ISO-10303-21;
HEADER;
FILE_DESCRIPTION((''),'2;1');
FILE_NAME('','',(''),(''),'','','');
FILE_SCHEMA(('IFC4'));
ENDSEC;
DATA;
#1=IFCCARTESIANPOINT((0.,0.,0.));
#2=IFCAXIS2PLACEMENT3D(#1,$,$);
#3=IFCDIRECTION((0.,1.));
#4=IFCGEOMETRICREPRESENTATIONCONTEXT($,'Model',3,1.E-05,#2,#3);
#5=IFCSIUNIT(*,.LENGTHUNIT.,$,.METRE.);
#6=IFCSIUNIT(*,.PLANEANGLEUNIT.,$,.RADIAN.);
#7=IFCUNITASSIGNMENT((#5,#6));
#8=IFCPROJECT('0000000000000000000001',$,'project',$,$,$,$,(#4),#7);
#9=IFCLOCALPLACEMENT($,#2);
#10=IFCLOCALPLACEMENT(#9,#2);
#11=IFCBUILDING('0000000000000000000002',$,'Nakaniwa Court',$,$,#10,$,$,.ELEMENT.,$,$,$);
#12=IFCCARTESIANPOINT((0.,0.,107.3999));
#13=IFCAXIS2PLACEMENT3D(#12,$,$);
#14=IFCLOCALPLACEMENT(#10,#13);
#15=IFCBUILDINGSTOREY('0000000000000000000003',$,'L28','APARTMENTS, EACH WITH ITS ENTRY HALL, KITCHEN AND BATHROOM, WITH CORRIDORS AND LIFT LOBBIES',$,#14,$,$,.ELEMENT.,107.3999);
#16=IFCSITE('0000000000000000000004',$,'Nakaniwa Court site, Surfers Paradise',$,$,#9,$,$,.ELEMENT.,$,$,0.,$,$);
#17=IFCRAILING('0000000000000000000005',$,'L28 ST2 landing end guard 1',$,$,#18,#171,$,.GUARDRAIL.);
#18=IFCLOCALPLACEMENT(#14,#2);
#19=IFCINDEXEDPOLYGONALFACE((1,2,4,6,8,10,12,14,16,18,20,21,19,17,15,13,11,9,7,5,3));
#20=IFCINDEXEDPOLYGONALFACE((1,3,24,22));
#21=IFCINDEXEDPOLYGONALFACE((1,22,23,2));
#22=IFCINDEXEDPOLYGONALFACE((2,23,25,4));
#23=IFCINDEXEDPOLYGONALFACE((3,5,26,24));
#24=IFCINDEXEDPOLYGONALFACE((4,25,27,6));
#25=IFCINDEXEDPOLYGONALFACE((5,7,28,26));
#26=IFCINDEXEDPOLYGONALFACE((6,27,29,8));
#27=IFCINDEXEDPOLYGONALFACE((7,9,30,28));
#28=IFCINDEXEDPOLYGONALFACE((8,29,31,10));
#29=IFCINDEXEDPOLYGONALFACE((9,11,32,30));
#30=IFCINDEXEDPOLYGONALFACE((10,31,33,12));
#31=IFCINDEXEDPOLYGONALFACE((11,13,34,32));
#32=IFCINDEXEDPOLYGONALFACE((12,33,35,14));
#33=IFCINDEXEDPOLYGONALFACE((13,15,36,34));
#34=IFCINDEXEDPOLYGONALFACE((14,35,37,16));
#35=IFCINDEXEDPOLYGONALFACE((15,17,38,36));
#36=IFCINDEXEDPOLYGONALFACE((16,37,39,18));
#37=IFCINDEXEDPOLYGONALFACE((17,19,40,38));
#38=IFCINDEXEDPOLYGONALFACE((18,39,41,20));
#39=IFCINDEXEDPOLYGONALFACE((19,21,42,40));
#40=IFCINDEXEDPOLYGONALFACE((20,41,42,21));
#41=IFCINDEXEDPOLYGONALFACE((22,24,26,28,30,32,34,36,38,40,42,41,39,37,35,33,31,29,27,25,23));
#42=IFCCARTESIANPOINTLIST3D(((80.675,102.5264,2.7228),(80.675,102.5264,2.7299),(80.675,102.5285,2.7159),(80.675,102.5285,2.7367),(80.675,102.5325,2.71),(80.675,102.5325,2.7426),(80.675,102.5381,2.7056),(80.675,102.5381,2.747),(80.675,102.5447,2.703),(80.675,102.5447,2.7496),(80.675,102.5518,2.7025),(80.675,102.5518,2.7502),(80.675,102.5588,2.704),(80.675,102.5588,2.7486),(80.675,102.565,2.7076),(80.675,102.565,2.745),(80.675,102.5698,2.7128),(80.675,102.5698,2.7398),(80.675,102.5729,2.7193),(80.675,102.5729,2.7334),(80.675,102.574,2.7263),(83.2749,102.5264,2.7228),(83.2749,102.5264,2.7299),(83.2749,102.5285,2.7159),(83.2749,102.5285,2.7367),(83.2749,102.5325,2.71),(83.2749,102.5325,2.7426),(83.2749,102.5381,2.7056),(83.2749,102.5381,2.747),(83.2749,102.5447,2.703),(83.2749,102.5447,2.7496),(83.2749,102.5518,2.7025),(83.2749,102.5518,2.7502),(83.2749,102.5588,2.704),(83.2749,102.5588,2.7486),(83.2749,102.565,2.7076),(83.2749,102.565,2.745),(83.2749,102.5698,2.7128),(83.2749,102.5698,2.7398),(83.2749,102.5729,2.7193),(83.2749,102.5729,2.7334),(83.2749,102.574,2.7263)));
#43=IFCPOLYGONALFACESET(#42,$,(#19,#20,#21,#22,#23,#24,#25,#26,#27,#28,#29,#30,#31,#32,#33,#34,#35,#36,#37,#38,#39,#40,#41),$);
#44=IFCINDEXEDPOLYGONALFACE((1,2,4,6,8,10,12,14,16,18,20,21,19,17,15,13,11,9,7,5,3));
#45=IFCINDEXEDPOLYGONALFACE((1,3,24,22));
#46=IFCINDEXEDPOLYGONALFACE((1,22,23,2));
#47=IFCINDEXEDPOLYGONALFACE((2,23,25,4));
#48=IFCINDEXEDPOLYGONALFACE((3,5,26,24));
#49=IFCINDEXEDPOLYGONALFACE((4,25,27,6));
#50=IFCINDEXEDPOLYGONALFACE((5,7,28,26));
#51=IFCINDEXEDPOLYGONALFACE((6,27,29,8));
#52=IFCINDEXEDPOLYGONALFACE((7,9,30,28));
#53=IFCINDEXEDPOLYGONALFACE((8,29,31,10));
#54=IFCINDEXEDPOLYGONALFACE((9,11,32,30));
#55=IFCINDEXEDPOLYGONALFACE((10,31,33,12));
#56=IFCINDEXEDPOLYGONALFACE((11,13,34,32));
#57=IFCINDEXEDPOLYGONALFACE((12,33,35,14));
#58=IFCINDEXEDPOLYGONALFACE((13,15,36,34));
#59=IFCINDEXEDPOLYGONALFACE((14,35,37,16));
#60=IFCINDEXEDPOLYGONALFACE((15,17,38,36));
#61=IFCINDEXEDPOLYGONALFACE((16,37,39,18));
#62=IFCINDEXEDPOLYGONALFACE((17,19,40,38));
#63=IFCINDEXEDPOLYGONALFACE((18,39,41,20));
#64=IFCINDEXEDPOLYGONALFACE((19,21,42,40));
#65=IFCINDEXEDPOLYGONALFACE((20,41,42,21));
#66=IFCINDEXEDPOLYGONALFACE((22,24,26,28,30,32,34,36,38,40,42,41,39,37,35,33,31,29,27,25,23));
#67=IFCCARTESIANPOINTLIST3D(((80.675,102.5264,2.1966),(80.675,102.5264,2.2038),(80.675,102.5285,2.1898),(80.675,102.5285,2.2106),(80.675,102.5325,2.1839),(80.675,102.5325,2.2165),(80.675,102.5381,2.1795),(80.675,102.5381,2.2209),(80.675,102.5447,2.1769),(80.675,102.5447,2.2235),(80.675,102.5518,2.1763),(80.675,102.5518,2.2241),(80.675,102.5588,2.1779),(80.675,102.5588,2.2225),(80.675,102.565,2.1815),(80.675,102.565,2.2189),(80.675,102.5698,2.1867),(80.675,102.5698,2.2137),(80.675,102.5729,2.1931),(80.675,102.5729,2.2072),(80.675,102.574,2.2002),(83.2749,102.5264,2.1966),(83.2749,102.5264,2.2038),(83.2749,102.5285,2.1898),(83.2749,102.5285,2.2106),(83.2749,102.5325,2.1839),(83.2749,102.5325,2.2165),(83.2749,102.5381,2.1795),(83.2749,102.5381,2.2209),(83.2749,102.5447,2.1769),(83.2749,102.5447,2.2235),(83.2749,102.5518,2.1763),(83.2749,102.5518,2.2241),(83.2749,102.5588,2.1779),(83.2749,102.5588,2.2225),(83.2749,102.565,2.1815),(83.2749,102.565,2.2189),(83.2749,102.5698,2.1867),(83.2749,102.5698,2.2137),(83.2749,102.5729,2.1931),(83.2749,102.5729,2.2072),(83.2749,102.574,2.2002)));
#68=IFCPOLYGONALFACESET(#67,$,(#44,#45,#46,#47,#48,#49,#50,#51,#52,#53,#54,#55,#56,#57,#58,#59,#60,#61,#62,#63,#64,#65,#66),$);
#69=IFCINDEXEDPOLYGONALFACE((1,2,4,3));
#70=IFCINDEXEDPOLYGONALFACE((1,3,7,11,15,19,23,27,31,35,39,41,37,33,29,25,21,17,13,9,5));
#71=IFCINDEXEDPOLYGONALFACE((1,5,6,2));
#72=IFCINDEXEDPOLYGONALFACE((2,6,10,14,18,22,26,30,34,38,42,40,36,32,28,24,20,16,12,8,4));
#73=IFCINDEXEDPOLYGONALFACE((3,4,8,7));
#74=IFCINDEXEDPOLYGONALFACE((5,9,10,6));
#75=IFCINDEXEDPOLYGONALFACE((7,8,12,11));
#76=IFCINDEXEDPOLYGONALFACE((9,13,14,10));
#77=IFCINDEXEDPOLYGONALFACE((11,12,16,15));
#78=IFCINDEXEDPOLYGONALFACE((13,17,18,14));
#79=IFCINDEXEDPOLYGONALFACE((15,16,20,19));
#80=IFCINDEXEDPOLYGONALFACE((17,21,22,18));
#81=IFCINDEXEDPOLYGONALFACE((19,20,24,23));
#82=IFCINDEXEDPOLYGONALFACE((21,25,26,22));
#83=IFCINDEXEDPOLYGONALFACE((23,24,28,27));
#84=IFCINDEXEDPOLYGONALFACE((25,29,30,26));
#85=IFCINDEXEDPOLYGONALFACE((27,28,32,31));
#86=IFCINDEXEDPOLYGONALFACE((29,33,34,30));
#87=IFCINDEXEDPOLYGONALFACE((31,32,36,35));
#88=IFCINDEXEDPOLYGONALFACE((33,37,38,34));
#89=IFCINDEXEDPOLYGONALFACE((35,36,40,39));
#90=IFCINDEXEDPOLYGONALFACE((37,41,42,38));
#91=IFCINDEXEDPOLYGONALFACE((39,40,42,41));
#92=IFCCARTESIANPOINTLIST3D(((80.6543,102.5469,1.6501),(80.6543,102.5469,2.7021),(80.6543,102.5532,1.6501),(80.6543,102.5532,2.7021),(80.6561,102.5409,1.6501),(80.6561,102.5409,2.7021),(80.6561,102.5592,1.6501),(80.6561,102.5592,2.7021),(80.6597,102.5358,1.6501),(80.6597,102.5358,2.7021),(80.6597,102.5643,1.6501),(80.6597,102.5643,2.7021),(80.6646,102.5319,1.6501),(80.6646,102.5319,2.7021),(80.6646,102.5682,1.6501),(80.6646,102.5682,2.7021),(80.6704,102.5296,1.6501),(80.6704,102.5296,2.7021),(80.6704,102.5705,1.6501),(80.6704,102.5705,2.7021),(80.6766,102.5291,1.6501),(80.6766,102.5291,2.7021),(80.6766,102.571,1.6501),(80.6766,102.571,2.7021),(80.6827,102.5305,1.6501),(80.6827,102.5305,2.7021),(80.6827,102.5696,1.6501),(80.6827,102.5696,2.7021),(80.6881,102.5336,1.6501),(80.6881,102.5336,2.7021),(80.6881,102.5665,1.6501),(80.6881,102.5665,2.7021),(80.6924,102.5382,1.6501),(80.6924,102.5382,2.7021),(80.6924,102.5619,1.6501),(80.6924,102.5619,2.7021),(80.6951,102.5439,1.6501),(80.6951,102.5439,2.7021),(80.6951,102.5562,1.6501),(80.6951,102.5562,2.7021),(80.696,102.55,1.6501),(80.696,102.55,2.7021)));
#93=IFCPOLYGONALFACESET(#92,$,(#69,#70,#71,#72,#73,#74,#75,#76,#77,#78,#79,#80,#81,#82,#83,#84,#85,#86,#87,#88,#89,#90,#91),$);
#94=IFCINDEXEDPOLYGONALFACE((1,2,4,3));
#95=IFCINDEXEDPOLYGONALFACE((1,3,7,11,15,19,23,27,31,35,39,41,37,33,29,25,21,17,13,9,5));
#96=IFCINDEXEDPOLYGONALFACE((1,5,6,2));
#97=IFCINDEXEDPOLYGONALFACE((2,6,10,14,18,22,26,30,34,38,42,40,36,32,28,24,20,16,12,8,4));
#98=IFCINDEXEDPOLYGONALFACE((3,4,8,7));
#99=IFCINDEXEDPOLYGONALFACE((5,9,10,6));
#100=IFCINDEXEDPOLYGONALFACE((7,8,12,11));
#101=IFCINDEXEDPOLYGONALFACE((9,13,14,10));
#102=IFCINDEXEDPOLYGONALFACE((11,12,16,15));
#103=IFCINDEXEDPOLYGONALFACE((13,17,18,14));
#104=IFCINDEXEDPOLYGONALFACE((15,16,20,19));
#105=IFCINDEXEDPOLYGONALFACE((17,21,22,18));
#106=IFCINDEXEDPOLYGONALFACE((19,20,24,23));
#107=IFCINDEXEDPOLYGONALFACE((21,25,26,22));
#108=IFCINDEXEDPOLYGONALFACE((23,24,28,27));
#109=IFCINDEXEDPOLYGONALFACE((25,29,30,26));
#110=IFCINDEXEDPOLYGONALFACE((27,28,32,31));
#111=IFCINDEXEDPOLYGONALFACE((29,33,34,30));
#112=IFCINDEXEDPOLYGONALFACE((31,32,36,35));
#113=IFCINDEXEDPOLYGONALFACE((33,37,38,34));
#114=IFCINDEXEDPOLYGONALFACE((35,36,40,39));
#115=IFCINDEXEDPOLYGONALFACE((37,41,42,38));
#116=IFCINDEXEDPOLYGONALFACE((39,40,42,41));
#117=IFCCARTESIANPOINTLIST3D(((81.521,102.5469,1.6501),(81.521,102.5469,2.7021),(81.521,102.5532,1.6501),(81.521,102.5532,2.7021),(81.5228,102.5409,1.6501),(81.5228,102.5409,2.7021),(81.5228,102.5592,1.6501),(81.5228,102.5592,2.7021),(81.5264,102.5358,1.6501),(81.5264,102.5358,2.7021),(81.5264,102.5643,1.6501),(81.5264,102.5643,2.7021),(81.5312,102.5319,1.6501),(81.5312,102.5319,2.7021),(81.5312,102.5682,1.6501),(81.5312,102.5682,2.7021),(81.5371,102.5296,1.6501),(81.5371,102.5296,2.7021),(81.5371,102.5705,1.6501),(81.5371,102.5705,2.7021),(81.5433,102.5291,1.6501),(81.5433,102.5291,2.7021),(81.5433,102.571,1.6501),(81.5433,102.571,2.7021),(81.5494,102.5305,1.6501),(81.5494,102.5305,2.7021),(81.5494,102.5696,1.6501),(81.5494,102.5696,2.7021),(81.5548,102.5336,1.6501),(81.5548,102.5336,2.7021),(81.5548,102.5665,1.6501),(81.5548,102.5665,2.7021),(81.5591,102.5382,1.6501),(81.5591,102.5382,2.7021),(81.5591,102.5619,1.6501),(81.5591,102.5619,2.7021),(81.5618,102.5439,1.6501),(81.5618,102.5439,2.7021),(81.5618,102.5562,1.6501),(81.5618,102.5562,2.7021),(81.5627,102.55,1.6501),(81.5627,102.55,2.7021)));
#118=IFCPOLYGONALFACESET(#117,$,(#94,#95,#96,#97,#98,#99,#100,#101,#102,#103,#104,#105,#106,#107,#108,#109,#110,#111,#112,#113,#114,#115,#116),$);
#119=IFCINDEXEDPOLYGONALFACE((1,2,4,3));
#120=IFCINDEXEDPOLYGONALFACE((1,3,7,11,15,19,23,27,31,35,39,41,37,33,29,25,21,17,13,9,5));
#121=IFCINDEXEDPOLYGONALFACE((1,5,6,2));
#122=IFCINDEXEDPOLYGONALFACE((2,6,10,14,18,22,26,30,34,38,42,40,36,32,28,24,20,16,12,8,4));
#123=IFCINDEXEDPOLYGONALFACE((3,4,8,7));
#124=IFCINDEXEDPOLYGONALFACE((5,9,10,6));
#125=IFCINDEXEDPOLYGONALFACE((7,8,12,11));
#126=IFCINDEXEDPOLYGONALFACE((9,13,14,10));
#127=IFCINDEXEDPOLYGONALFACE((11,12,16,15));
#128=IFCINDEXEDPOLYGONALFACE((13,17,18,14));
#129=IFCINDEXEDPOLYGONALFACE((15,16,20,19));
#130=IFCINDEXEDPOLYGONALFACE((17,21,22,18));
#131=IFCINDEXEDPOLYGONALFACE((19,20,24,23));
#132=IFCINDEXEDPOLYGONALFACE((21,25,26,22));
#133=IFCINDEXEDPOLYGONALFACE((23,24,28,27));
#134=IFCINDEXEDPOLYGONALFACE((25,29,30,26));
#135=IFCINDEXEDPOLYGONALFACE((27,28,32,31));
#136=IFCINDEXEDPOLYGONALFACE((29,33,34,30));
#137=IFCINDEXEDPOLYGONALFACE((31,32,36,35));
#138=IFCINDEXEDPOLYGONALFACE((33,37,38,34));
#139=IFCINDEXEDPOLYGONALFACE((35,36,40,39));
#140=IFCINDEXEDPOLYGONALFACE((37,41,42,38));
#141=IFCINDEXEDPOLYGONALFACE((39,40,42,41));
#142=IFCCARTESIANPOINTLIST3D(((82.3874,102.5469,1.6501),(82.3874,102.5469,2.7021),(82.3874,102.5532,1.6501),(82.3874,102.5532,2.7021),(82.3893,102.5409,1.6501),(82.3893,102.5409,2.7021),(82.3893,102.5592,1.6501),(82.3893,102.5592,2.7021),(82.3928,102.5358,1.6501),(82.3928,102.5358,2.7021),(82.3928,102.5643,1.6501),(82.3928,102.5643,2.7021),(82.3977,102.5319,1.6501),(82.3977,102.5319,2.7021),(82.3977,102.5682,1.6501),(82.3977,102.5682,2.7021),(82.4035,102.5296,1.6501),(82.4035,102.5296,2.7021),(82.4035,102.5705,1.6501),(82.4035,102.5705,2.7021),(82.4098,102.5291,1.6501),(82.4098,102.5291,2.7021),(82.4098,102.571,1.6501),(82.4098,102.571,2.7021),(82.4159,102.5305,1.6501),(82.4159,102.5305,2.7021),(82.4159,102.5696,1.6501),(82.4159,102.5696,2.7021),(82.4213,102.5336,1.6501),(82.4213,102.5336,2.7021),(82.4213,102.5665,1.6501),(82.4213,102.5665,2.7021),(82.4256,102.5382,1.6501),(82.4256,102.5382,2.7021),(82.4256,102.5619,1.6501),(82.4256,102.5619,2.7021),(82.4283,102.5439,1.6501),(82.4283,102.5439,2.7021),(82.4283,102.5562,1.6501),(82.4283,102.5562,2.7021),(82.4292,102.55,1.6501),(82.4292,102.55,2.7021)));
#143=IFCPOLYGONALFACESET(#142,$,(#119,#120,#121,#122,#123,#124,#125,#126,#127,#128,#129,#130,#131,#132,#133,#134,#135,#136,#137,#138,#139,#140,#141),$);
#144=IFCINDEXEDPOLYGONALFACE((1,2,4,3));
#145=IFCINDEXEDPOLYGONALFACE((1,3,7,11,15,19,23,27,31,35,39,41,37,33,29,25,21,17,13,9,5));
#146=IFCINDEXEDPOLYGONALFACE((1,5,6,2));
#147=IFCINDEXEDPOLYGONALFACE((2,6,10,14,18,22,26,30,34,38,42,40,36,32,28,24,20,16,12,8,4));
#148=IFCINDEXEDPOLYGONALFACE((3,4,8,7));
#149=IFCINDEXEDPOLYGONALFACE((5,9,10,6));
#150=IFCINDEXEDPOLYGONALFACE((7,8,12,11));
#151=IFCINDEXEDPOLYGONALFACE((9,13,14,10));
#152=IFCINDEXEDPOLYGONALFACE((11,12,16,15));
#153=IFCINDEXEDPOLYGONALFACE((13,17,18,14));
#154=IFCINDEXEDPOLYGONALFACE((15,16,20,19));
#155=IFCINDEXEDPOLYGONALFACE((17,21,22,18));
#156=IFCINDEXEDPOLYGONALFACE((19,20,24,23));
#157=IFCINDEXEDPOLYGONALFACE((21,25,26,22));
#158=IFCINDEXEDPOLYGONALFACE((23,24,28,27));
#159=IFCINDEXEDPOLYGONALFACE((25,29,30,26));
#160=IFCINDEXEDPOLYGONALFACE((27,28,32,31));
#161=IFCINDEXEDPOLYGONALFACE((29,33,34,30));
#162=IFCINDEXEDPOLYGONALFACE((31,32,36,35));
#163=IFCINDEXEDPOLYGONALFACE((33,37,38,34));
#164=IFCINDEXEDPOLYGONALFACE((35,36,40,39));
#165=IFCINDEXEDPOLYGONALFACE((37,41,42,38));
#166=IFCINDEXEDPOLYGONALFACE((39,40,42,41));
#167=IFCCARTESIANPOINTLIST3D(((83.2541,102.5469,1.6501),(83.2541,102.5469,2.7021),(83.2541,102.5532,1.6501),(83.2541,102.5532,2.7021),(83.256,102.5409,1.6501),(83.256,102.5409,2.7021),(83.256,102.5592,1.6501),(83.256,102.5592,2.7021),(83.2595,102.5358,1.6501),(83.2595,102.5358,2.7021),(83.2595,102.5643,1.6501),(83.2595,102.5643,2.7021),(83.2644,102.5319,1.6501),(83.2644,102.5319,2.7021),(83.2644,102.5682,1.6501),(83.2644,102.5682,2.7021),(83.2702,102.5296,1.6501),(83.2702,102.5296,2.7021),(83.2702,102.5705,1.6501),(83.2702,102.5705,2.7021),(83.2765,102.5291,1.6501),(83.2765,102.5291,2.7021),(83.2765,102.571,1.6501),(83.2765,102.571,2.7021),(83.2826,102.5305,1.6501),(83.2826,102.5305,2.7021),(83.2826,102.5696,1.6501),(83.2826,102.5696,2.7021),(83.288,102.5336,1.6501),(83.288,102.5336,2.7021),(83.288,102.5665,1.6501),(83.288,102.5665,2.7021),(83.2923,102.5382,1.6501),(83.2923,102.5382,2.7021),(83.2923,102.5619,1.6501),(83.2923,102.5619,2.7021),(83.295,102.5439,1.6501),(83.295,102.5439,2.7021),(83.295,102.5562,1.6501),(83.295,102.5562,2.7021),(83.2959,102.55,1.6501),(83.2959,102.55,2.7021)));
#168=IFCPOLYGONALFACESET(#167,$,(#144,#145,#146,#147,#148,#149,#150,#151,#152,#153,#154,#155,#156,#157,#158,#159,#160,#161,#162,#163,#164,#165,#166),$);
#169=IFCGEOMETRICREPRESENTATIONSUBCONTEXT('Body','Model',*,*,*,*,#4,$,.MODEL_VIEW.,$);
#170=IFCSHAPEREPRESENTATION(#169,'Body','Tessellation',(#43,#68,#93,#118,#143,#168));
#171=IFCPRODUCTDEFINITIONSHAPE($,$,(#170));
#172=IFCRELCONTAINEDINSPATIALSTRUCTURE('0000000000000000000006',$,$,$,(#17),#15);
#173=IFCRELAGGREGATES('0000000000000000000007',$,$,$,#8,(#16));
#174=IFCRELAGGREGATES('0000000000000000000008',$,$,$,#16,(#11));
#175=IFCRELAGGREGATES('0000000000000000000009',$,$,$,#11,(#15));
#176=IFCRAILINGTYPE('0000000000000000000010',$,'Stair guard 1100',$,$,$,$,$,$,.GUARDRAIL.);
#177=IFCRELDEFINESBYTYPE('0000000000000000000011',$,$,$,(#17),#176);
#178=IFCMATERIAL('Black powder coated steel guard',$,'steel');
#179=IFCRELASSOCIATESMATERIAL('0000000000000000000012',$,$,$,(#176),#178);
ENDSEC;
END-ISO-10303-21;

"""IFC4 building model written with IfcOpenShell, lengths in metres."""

from ifc_helpers import new_model, si_unit, direction, frame, origin, origin_2d, place, context, subcontext, project, spatial, circle, extrude, material, type_object, element, save


model = new_model("IFC4")

# Units and contexts
model_context = context("Model", 3, precision=1e-05, world=origin(), true_north=direction((0.0, 1.0)))
body_context = subcontext(model_context, "Body", "Model", "MODEL_VIEW")
ifc_project = project(units=[si_unit("LENGTHUNIT", "METRE"), si_unit("PLANEANGLEUNIT", "RADIAN")], contexts=[model_context])

# Site, building, storey
site_placement = place(None, origin())
site = spatial("IfcSite", under=ifc_project, at=site_placement, Name="Nakaniwa Court site, Surfers Paradise", CompositionType="ELEMENT", RefElevation=0.0)
building_placement = place(site_placement, origin())
building = spatial("IfcBuilding", under=site, at=building_placement, Name="Nakaniwa Court", CompositionType="ELEMENT")
storey_placement = place(building_placement, frame((0.0, 0.0, 107.3999)))
storey = spatial("IfcBuildingStorey", under=building, at=storey_placement, Name="L28", Description="APARTMENTS, EACH WITH ITS ENTRY HALL, KITCHEN AND BATHROOM, WITH CORRIDORS AND LIFT LOBBIES", CompositionType="ELEMENT", Elevation=107.3999)

# Railing
ifc_material_1 = material(Name="Black powder coated steel guard", Category="steel")
railing_type_1 = type_object("IfcRailingType", Name="Stair guard 1100", PredefinedType="GUARDRAIL", material=ifc_material_1)
railing_1_placement = place(storey_placement, frame((80.675, 102.55, 1.6501)))
element("IfcRailing", 1, at=railing_1_placement, inside=storey, type_object=railing_type_1, Name="L28 ST2 landing end guard 1", PredefinedType="GUARDRAIL", context=body_context, shape_type="SweptSolid", body=[
    extrude(circle(Radius=0.0239, at=origin_2d()), frame((0.0, 0.0, 1.0762), z_axis=(1.0, 0.0, 0.0), x_axis=(0.0, 1.0, 0.0)), (0.0, 0.0, 1.0), 2.5999),
    extrude(circle(Radius=0.0239, at=origin_2d()), frame((0.0, 0.0, 0.55), z_axis=(1.0, 0.0, 0.0), x_axis=(0.0, 1.0, 0.0)), (0.0, 0.0, 1.0), 2.5999),
    extrude(circle(Radius=0.021, at=origin_2d()), origin(), (0.0, 0.0, 1.0), 1.052),
    extrude(circle(Radius=0.021, at=origin_2d()), frame((0.8667, 0.0, 0.0)), (0.0, 0.0, 1.0), 1.052),
    extrude(circle(Radius=0.021, at=origin_2d()), frame((1.7332, 0.0, 0.0)), (0.0, 0.0, 1.0), 1.052),
    extrude(circle(Radius=0.021, at=origin_2d()), frame((2.5999, 0.0, 0.0)), (0.0, 0.0, 1.0), 1.052),
])

save(model, "model.ifc")
